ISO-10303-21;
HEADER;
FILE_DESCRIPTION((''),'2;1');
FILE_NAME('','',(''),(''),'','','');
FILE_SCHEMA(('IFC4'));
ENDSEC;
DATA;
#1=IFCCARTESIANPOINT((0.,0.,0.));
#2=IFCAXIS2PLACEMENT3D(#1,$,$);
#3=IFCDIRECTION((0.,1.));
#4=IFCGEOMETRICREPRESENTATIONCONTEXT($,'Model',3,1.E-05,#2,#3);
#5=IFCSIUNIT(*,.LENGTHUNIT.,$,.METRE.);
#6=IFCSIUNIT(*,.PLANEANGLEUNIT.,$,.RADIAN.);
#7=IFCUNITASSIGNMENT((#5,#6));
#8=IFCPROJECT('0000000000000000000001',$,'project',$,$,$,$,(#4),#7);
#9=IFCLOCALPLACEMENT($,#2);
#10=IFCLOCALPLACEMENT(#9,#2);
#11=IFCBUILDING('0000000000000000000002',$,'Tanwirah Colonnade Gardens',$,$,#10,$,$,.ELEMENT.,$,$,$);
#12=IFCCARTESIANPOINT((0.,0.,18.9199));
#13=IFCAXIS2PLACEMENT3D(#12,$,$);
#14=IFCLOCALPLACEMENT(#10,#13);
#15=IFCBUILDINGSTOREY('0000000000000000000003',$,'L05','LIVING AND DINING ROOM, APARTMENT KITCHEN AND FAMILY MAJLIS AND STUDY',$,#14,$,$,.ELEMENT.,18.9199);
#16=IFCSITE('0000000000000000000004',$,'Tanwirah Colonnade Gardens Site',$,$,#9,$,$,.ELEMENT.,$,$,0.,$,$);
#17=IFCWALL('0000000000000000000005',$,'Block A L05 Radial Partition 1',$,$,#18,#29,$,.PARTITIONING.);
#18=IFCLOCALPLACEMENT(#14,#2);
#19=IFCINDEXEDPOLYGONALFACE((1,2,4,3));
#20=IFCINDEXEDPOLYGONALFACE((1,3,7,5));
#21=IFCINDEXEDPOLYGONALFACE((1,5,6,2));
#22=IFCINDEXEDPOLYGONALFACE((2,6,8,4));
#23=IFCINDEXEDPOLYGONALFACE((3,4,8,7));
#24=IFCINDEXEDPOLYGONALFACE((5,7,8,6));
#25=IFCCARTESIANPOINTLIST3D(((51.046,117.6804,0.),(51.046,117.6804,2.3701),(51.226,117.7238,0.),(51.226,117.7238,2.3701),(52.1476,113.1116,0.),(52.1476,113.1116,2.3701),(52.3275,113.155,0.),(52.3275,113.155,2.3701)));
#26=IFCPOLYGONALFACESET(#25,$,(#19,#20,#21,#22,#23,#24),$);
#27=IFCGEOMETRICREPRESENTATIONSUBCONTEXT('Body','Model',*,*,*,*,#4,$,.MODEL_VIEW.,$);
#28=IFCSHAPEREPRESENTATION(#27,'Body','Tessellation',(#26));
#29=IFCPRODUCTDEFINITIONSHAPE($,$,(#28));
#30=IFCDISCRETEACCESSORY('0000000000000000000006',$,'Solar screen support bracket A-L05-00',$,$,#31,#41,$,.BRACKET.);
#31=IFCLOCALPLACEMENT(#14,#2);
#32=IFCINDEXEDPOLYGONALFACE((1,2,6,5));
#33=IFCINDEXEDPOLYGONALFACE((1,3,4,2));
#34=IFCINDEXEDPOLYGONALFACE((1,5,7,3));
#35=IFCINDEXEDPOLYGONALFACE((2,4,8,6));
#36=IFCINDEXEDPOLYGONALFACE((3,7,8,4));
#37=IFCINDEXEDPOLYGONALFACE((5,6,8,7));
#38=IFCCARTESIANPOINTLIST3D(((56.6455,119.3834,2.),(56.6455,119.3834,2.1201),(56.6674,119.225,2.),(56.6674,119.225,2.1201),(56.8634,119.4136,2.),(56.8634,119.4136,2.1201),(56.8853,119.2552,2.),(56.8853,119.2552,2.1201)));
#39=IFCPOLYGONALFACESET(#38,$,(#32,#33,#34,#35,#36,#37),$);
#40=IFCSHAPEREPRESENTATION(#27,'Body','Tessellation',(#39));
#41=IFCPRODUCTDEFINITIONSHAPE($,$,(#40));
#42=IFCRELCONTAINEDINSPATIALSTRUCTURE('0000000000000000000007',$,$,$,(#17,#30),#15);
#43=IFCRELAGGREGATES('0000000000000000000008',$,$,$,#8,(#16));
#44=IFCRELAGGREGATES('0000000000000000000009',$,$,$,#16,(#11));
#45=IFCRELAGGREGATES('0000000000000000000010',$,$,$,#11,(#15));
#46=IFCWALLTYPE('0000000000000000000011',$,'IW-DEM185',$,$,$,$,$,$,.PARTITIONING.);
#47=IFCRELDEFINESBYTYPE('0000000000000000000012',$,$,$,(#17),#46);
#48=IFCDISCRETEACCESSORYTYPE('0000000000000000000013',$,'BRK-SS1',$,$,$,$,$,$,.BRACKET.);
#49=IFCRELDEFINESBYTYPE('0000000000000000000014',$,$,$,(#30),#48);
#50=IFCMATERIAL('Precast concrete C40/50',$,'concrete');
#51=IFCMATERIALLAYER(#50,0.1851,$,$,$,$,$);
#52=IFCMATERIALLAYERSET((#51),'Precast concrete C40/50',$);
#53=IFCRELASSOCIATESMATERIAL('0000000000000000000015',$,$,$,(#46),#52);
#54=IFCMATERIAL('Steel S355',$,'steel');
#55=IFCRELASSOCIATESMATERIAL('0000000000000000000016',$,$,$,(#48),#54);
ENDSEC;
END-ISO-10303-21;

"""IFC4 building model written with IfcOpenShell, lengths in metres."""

from ifc_helpers import new_model, si_unit, direction, frame, frame_2d, origin, origin_2d, place, context, subcontext, project, spatial, rectangle, extrude, material, layer, layer_set, type_object, element, save


model = new_model("IFC4")

# Units and contexts
model_context = context("Model", 3, precision=1e-05, world=origin(), true_north=direction((0.0, 1.0)))
body_context = subcontext(model_context, "Body", "Model", "MODEL_VIEW")
ifc_project = project(units=[si_unit("LENGTHUNIT", "METRE"), si_unit("PLANEANGLEUNIT", "RADIAN")], contexts=[model_context])

# Site, building, storey
site_placement = place(None, origin())
site = spatial("IfcSite", under=ifc_project, at=site_placement, Name="Tanwirah Colonnade Gardens Site", CompositionType="ELEMENT", RefElevation=0.0)
building_placement = place(site_placement, origin())
building = spatial("IfcBuilding", under=site, at=building_placement, Name="Tanwirah Colonnade Gardens", CompositionType="ELEMENT")
storey_placement = place(building_placement, frame((0.0, 0.0, 18.9199)))
storey = spatial("IfcBuildingStorey", under=building, at=storey_placement, Name="L05", Description="LIVING AND DINING ROOM, APARTMENT KITCHEN AND FAMILY MAJLIS AND STUDY", CompositionType="ELEMENT", Elevation=18.9199)

# Shared definitions
ifc_material_1 = material(Name="Precast concrete C40/50", Category="concrete")

# Wall
ifc_layer_1 = layer(ifc_material_1, 0.1851)
ifc_layer_set_1 = layer_set([ifc_layer_1], Name="Precast concrete C40/50")
wall_type_1 = type_object("IfcWallType", Name="IW-DEM185", PredefinedType="PARTITIONING", material=ifc_layer_set_1)
wall_1_placement = place(storey_placement, frame((52.2375, 113.1333, 0.0), z_axis=(0.0, 0.0, 1.0), x_axis=(-0.234387, 0.972143, 0.0)))
element("IfcWall", 1, at=wall_1_placement, inside=storey, type_object=wall_type_1, Name="Block A L05 Radial Partition 1", PredefinedType="PARTITIONING", context=body_context, shape_type="SweptSolid", body=[
    extrude(rectangle(XDim=4.6997, YDim=0.1851, at=frame_2d((2.3499, 0.0))), origin(), (0.0, 0.0, 1.0), 2.3701),
])

# Discrete accessory
ifc_material_2 = material(Name="Steel S355", Category="steel")
discrete_accessory_type = type_object("IfcDiscreteAccessoryType", Name="BRK-SS1", PredefinedType="BRACKET", material=ifc_material_2)
discrete_accessory_placement = place(storey_placement, frame((56.7654, 119.3193, 2.0), z_axis=(0.0, 0.0, 1.0), x_axis=(-0.990536, -0.137251, 0.0)))
element("IfcDiscreteAccessory", 2, at=discrete_accessory_placement, inside=storey, type_object=discrete_accessory_type, Name="Solar screen support bracket A-L05-00", PredefinedType="BRACKET", context=body_context, shape_type="SweptSolid", body=[
    extrude(rectangle(XDim=0.22, YDim=0.1599, at=origin_2d()), origin(), (0.0, 0.0, 1.0), 0.1201),
])

save(model, "model.ifc")
